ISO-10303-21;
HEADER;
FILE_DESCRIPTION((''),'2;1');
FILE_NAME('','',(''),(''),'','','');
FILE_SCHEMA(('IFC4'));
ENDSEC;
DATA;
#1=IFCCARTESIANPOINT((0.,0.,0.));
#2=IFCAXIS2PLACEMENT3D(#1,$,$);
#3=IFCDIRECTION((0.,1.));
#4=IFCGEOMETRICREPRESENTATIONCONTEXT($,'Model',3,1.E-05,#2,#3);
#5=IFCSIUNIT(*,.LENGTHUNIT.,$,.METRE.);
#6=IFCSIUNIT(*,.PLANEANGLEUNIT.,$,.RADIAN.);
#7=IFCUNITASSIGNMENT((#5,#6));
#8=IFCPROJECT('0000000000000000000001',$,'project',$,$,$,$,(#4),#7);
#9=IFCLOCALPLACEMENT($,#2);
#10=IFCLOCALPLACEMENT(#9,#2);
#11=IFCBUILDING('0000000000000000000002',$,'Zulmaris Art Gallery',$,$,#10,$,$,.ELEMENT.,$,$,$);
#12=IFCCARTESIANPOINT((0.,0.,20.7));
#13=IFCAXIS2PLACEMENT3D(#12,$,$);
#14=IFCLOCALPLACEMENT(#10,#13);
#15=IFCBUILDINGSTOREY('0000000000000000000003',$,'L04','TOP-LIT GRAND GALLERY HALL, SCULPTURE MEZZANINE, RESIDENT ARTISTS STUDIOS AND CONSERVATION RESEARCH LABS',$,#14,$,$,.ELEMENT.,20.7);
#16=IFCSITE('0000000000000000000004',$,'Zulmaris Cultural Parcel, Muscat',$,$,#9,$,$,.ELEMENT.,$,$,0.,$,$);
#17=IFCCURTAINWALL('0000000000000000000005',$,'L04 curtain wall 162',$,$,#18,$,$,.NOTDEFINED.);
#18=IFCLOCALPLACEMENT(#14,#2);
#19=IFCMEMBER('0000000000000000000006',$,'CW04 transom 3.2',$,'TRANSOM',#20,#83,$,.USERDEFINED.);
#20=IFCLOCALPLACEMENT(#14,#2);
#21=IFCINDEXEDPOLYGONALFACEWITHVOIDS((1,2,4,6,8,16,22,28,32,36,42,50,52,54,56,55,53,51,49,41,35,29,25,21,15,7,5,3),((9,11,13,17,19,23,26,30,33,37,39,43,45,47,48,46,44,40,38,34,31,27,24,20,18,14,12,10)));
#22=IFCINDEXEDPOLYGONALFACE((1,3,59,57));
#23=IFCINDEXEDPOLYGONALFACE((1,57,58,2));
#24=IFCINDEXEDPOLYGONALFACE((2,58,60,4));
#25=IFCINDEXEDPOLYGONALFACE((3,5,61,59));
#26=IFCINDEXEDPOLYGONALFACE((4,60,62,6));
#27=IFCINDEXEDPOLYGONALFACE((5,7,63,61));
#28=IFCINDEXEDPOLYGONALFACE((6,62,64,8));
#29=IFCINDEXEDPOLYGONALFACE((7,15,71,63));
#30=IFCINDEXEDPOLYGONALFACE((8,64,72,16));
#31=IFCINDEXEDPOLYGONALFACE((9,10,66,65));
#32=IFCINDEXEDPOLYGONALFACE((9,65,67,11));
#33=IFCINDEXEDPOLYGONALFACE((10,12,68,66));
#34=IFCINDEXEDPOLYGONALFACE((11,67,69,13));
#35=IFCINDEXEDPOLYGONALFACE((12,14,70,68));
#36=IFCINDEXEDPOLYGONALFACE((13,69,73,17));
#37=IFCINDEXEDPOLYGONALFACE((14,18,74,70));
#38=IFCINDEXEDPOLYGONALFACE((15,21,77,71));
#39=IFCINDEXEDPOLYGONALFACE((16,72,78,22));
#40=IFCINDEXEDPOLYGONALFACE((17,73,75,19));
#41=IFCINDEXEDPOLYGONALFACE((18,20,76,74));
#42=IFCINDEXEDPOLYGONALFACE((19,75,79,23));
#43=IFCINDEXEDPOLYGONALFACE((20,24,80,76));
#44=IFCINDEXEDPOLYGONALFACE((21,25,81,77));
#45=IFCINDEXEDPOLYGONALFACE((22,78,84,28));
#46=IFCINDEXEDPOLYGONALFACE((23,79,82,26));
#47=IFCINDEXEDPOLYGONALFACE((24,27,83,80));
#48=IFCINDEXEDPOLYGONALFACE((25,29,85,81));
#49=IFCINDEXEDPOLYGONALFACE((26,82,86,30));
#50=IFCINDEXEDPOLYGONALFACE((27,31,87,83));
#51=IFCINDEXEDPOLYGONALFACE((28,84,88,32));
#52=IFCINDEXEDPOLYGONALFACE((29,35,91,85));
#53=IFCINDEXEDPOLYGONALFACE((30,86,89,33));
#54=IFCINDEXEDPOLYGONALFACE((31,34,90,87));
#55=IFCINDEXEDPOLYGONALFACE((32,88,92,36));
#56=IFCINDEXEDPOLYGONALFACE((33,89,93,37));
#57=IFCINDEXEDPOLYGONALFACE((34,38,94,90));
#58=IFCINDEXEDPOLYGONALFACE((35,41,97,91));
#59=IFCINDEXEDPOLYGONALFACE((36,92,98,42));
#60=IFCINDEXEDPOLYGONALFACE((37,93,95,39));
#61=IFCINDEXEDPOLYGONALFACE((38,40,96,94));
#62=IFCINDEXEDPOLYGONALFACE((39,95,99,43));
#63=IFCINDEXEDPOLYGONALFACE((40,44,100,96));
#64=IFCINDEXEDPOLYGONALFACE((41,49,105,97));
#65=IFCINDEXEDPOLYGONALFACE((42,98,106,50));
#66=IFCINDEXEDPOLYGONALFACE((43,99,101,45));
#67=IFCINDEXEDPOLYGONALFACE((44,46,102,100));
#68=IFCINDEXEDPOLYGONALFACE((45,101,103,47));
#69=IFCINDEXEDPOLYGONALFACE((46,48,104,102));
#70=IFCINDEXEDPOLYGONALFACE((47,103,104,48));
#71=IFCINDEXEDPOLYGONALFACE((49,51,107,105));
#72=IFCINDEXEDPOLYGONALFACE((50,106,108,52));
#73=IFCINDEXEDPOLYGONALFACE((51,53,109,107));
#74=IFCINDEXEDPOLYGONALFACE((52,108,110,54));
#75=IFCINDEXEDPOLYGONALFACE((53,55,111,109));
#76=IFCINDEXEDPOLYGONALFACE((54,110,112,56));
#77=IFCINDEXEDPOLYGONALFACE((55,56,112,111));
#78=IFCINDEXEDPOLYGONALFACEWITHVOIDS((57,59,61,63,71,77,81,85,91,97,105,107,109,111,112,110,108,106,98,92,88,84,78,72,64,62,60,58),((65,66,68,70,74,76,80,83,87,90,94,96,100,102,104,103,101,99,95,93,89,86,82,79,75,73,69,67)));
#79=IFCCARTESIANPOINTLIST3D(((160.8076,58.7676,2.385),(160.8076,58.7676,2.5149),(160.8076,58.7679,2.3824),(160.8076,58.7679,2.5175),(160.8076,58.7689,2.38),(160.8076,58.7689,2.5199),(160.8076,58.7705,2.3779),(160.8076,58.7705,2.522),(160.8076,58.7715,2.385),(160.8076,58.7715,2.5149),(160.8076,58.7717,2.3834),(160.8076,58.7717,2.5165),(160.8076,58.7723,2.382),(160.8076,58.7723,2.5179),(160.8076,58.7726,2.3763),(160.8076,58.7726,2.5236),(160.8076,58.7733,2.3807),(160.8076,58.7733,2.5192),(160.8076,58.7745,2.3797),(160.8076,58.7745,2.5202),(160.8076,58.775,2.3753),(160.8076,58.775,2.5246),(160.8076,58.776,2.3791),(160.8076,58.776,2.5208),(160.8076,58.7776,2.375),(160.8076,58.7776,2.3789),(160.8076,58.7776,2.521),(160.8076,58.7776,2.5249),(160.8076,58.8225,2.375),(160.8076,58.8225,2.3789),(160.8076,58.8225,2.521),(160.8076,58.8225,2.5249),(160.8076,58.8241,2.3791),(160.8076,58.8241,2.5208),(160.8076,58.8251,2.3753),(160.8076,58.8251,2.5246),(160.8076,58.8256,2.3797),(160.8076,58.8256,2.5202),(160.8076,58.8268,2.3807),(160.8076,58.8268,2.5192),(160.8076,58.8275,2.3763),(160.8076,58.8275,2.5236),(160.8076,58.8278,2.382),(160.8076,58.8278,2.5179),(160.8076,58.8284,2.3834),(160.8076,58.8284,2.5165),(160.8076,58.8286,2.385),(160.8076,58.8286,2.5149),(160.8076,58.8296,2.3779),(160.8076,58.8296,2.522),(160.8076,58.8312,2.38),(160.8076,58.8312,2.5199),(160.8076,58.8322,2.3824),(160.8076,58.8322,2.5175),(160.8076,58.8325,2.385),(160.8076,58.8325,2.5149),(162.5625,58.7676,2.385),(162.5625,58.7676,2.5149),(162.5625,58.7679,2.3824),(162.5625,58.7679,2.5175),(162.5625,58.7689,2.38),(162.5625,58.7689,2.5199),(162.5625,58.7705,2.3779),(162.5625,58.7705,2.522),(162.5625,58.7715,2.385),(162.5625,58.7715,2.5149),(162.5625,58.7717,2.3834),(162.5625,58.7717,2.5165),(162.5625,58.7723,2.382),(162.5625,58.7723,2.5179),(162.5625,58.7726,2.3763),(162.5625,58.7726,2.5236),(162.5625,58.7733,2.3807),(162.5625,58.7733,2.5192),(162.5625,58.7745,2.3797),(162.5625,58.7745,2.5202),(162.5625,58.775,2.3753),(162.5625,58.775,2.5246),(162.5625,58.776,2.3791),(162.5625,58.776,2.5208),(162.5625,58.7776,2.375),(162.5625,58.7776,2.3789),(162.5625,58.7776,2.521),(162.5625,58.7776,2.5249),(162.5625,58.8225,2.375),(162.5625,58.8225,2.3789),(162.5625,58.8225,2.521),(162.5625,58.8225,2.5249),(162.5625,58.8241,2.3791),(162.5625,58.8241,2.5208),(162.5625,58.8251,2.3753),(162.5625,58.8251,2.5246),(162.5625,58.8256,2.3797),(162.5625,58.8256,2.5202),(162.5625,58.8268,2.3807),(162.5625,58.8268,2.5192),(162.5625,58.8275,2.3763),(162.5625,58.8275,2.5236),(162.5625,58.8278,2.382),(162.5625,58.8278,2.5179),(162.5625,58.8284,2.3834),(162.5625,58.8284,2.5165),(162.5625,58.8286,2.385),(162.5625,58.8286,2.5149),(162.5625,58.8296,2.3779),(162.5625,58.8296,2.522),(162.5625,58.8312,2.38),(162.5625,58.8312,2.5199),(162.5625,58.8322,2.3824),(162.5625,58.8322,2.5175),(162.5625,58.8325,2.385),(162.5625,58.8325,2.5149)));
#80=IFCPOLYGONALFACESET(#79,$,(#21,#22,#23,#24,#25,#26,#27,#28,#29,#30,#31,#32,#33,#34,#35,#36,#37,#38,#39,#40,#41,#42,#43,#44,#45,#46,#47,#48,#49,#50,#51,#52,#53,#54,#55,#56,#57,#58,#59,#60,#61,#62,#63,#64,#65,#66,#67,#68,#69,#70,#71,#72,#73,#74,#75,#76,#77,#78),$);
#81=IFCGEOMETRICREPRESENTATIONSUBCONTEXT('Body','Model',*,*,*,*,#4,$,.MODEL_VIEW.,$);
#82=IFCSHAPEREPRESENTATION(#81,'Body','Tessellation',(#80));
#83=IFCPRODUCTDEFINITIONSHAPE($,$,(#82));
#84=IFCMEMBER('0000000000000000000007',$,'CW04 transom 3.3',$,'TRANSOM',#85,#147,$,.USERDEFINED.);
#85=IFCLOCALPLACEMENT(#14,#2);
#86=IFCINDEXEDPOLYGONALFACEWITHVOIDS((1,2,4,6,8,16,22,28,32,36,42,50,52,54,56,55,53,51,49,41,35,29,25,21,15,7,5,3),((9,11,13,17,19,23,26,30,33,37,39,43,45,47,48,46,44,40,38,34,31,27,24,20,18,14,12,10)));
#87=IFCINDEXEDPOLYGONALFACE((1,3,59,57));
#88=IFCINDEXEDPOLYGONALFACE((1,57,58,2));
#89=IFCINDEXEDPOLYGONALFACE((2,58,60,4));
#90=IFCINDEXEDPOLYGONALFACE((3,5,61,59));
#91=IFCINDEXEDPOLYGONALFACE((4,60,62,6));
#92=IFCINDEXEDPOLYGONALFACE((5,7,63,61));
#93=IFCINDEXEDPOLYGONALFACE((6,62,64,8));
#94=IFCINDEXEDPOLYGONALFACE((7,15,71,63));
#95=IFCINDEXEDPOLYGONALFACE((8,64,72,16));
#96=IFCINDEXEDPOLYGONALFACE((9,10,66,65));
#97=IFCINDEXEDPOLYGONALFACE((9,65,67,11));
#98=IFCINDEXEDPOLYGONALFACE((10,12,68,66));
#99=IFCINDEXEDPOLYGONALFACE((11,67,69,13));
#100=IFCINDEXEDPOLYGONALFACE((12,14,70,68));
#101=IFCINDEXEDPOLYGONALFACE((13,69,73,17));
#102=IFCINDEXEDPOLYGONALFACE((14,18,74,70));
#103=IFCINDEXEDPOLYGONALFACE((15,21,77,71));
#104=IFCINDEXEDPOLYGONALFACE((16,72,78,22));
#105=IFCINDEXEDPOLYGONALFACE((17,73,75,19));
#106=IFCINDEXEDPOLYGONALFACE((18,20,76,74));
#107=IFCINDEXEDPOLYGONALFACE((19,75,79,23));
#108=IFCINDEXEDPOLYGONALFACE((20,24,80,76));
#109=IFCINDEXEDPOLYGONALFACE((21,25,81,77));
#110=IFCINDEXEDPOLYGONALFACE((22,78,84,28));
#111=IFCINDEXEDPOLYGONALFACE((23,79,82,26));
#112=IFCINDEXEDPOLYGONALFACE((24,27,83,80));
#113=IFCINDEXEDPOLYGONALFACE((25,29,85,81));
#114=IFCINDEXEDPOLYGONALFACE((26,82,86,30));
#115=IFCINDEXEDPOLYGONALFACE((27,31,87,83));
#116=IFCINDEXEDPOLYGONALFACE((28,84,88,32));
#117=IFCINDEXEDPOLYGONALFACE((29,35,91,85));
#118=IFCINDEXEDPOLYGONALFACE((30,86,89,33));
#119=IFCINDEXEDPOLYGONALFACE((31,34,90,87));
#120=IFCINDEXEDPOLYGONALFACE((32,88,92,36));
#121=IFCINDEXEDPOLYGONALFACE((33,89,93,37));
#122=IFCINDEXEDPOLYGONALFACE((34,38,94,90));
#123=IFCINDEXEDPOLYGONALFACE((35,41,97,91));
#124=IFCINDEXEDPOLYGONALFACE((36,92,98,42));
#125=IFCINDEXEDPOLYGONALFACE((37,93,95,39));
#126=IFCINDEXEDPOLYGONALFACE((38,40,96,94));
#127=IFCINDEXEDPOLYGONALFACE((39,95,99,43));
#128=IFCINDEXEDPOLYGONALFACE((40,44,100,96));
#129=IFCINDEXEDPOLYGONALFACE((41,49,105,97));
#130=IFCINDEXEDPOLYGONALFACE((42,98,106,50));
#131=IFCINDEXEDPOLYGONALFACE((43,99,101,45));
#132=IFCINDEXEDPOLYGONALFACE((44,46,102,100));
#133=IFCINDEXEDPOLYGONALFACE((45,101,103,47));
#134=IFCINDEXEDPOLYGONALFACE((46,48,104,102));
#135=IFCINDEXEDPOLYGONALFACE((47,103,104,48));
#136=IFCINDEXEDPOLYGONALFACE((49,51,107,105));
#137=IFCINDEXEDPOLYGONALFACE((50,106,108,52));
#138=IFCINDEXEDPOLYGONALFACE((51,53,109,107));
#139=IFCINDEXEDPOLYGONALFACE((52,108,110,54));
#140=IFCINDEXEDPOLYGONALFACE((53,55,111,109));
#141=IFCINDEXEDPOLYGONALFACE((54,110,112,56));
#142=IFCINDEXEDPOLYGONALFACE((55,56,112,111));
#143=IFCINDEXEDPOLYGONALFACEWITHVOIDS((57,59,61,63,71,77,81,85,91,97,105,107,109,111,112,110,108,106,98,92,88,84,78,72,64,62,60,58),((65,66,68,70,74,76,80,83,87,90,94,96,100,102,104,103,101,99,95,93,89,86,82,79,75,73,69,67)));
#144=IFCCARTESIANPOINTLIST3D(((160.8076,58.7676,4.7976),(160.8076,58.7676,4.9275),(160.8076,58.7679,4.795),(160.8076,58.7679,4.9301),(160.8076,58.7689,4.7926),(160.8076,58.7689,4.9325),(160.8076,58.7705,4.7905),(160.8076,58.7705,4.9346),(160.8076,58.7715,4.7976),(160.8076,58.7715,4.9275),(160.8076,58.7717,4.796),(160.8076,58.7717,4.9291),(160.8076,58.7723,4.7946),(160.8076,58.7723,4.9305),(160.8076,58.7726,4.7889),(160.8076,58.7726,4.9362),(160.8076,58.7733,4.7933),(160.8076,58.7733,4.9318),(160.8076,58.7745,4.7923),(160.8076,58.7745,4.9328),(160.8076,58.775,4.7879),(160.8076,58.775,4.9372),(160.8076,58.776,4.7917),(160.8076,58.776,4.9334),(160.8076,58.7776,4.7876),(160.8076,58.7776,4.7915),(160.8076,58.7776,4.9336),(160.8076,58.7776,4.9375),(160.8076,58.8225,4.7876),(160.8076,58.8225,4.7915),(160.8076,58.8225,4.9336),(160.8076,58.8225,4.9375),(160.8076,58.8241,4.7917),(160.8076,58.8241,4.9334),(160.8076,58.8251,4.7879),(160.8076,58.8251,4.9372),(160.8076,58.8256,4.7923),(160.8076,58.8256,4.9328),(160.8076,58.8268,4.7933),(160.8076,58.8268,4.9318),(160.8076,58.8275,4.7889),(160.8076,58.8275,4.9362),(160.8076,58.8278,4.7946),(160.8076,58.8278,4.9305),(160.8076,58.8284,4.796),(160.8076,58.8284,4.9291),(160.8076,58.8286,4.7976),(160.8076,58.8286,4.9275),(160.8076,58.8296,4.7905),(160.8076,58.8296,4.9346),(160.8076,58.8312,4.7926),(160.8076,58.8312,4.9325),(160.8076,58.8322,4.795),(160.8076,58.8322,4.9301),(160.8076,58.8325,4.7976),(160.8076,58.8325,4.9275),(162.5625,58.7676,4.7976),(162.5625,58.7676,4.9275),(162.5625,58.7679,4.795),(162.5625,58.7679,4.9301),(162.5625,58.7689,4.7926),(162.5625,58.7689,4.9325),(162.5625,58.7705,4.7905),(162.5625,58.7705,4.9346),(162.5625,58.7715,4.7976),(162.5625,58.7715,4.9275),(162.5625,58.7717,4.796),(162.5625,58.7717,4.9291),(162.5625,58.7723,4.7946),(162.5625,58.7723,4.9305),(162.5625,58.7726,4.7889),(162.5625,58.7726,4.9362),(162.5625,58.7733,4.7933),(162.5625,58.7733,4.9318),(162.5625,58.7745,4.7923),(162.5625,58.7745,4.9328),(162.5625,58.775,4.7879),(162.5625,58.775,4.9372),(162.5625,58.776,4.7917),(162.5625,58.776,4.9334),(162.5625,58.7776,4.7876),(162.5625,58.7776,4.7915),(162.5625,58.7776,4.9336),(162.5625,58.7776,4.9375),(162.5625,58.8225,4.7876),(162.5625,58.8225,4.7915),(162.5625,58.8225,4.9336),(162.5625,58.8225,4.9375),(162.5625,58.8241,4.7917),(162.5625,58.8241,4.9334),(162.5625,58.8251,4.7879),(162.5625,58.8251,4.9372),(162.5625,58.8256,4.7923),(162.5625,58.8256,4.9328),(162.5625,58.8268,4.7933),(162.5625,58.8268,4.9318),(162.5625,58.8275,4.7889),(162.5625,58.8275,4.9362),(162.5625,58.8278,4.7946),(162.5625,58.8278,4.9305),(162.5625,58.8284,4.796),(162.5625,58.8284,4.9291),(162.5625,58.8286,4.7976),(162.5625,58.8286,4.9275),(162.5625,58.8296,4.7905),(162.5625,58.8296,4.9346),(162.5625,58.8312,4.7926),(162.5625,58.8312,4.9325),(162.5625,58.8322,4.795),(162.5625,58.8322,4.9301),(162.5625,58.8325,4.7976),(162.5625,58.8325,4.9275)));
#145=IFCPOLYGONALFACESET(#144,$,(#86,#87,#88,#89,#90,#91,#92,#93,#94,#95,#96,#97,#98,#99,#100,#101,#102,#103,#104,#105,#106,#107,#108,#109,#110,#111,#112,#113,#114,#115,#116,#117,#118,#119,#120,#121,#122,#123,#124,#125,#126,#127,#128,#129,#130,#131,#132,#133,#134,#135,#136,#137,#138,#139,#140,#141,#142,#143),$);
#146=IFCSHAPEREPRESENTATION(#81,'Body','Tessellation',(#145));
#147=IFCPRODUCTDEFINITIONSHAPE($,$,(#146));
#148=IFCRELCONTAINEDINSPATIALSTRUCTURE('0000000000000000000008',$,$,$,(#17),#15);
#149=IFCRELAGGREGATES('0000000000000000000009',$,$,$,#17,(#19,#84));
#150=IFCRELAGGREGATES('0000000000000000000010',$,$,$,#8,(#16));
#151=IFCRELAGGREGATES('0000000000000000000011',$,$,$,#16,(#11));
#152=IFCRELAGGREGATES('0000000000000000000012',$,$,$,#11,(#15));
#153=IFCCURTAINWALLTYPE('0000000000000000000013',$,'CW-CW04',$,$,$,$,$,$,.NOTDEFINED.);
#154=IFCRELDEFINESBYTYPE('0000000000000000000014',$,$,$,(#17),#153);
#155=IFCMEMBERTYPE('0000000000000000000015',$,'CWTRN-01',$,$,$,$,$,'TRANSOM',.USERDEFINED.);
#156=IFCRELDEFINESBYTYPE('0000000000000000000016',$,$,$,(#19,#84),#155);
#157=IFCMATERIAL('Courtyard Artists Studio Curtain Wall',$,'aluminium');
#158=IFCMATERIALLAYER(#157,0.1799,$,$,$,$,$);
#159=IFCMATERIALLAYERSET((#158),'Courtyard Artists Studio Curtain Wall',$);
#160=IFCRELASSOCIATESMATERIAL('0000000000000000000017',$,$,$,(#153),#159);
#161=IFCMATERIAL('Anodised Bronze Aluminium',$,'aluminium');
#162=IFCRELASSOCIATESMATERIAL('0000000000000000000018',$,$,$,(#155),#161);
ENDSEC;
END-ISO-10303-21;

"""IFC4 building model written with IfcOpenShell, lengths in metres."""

from ifc_helpers import new_model, si_unit, direction, frame, origin, origin_2d, place, context, subcontext, project, spatial, hollow_rectangle, extrude, material, layer, layer_set, material_profile, profile_set, type_object, element, aggregate, save


model = new_model("IFC4")

# Units and contexts
model_context = context("Model", 3, precision=1e-05, world=origin(), true_north=direction((0.0, 1.0)))
body_context = subcontext(model_context, "Body", "Model", "MODEL_VIEW")
ifc_project = project(units=[si_unit("LENGTHUNIT", "METRE"), si_unit("PLANEANGLEUNIT", "RADIAN")], contexts=[model_context])

# Site, building, storey
site_placement = place(None, origin())
site = spatial("IfcSite", under=ifc_project, at=site_placement, Name="Zulmaris Cultural Parcel, Muscat", CompositionType="ELEMENT", RefElevation=0.0)
building_placement = place(site_placement, origin())
building = spatial("IfcBuilding", under=site, at=building_placement, Name="Zulmaris Art Gallery", CompositionType="ELEMENT")
storey_placement = place(building_placement, frame((0.0, 0.0, 20.7)))
storey = spatial("IfcBuildingStorey", under=building, at=storey_placement, Name="L04", Description="TOP-LIT GRAND GALLERY HALL, SCULPTURE MEZZANINE, RESIDENT ARTISTS STUDIOS AND CONSERVATION RESEARCH LABS", CompositionType="ELEMENT", Elevation=20.7)

# Shared definitions
ifc_material_1 = material(Name="Courtyard Artists Studio Curtain Wall", Category="aluminium")
ifc_layer_1 = layer(ifc_material_1, 0.1799)
ifc_layer_set_1 = layer_set([ifc_layer_1], Name="Courtyard Artists Studio Curtain Wall")
curtain_wall_type = type_object("IfcCurtainWallType", Name="CW-CW04", PredefinedType="NOTDEFINED", material=ifc_layer_set_1)
ifc_material_2 = material(Name="Anodised Bronze Aluminium", Category="aluminium")

# Curtain wall, members
curtain_wall_1_placement = place(storey_placement, origin())
curtain_wall_1 = element("IfcCurtainWall", 1, at=curtain_wall_1_placement, inside=storey, type_object=curtain_wall_type, Name="L04 curtain wall 162", PredefinedType="NOTDEFINED")
ifc_material_profile_1 = material_profile(ifc_material_2, hollow_rectangle(XDim=0.0649, YDim=0.1499, WallThickness=0.0039, InnerFilletRadius=0.0061, OuterFilletRadius=0.01, at=origin_2d()), Name="ALU 65x150x4")
ifc_profile_set_1 = profile_set([ifc_material_profile_1], Name="Anodised Bronze Aluminium")
member_type_1 = type_object("IfcMemberType", Name="CWTRN-01", ElementType="TRANSOM", PredefinedType="USERDEFINED", material=ifc_profile_set_1)
member_1_placement = place(storey_placement, frame((162.5625, 58.8, 2.45), z_axis=(-1.0, 0.0, 0.0), x_axis=(0.0, -1.0, 0.0)))
member_1 = element("IfcMember", 2, at=member_1_placement, type_object=member_type_1, Name="CW04 transom 3.2", ObjectType="TRANSOM", PredefinedType="USERDEFINED", context=body_context, shape_type="SweptSolid", body=[
    extrude(hollow_rectangle(XDim=0.0649, YDim=0.1499, WallThickness=0.0039, InnerFilletRadius=0.0061, OuterFilletRadius=0.01, at=origin_2d()), origin(), (0.0, 0.0, 1.0), 1.7549),
])
member_2_placement = place(storey_placement, frame((162.5625, 58.8, 4.8625), z_axis=(-1.0, 0.0, 0.0), x_axis=(0.0, -1.0, 0.0)))
member_2 = element("IfcMember", 3, at=member_2_placement, type_object=member_type_1, Name="CW04 transom 3.3", ObjectType="TRANSOM", PredefinedType="USERDEFINED", context=body_context, shape_type="SweptSolid", body=[
    extrude(hollow_rectangle(XDim=0.0649, YDim=0.1499, WallThickness=0.0039, InnerFilletRadius=0.0061, OuterFilletRadius=0.01, at=origin_2d()), origin(), (0.0, 0.0, 1.0), 1.7549),
])
aggregate(curtain_wall_1, [member_1, member_2])

save(model, "model.ifc")
